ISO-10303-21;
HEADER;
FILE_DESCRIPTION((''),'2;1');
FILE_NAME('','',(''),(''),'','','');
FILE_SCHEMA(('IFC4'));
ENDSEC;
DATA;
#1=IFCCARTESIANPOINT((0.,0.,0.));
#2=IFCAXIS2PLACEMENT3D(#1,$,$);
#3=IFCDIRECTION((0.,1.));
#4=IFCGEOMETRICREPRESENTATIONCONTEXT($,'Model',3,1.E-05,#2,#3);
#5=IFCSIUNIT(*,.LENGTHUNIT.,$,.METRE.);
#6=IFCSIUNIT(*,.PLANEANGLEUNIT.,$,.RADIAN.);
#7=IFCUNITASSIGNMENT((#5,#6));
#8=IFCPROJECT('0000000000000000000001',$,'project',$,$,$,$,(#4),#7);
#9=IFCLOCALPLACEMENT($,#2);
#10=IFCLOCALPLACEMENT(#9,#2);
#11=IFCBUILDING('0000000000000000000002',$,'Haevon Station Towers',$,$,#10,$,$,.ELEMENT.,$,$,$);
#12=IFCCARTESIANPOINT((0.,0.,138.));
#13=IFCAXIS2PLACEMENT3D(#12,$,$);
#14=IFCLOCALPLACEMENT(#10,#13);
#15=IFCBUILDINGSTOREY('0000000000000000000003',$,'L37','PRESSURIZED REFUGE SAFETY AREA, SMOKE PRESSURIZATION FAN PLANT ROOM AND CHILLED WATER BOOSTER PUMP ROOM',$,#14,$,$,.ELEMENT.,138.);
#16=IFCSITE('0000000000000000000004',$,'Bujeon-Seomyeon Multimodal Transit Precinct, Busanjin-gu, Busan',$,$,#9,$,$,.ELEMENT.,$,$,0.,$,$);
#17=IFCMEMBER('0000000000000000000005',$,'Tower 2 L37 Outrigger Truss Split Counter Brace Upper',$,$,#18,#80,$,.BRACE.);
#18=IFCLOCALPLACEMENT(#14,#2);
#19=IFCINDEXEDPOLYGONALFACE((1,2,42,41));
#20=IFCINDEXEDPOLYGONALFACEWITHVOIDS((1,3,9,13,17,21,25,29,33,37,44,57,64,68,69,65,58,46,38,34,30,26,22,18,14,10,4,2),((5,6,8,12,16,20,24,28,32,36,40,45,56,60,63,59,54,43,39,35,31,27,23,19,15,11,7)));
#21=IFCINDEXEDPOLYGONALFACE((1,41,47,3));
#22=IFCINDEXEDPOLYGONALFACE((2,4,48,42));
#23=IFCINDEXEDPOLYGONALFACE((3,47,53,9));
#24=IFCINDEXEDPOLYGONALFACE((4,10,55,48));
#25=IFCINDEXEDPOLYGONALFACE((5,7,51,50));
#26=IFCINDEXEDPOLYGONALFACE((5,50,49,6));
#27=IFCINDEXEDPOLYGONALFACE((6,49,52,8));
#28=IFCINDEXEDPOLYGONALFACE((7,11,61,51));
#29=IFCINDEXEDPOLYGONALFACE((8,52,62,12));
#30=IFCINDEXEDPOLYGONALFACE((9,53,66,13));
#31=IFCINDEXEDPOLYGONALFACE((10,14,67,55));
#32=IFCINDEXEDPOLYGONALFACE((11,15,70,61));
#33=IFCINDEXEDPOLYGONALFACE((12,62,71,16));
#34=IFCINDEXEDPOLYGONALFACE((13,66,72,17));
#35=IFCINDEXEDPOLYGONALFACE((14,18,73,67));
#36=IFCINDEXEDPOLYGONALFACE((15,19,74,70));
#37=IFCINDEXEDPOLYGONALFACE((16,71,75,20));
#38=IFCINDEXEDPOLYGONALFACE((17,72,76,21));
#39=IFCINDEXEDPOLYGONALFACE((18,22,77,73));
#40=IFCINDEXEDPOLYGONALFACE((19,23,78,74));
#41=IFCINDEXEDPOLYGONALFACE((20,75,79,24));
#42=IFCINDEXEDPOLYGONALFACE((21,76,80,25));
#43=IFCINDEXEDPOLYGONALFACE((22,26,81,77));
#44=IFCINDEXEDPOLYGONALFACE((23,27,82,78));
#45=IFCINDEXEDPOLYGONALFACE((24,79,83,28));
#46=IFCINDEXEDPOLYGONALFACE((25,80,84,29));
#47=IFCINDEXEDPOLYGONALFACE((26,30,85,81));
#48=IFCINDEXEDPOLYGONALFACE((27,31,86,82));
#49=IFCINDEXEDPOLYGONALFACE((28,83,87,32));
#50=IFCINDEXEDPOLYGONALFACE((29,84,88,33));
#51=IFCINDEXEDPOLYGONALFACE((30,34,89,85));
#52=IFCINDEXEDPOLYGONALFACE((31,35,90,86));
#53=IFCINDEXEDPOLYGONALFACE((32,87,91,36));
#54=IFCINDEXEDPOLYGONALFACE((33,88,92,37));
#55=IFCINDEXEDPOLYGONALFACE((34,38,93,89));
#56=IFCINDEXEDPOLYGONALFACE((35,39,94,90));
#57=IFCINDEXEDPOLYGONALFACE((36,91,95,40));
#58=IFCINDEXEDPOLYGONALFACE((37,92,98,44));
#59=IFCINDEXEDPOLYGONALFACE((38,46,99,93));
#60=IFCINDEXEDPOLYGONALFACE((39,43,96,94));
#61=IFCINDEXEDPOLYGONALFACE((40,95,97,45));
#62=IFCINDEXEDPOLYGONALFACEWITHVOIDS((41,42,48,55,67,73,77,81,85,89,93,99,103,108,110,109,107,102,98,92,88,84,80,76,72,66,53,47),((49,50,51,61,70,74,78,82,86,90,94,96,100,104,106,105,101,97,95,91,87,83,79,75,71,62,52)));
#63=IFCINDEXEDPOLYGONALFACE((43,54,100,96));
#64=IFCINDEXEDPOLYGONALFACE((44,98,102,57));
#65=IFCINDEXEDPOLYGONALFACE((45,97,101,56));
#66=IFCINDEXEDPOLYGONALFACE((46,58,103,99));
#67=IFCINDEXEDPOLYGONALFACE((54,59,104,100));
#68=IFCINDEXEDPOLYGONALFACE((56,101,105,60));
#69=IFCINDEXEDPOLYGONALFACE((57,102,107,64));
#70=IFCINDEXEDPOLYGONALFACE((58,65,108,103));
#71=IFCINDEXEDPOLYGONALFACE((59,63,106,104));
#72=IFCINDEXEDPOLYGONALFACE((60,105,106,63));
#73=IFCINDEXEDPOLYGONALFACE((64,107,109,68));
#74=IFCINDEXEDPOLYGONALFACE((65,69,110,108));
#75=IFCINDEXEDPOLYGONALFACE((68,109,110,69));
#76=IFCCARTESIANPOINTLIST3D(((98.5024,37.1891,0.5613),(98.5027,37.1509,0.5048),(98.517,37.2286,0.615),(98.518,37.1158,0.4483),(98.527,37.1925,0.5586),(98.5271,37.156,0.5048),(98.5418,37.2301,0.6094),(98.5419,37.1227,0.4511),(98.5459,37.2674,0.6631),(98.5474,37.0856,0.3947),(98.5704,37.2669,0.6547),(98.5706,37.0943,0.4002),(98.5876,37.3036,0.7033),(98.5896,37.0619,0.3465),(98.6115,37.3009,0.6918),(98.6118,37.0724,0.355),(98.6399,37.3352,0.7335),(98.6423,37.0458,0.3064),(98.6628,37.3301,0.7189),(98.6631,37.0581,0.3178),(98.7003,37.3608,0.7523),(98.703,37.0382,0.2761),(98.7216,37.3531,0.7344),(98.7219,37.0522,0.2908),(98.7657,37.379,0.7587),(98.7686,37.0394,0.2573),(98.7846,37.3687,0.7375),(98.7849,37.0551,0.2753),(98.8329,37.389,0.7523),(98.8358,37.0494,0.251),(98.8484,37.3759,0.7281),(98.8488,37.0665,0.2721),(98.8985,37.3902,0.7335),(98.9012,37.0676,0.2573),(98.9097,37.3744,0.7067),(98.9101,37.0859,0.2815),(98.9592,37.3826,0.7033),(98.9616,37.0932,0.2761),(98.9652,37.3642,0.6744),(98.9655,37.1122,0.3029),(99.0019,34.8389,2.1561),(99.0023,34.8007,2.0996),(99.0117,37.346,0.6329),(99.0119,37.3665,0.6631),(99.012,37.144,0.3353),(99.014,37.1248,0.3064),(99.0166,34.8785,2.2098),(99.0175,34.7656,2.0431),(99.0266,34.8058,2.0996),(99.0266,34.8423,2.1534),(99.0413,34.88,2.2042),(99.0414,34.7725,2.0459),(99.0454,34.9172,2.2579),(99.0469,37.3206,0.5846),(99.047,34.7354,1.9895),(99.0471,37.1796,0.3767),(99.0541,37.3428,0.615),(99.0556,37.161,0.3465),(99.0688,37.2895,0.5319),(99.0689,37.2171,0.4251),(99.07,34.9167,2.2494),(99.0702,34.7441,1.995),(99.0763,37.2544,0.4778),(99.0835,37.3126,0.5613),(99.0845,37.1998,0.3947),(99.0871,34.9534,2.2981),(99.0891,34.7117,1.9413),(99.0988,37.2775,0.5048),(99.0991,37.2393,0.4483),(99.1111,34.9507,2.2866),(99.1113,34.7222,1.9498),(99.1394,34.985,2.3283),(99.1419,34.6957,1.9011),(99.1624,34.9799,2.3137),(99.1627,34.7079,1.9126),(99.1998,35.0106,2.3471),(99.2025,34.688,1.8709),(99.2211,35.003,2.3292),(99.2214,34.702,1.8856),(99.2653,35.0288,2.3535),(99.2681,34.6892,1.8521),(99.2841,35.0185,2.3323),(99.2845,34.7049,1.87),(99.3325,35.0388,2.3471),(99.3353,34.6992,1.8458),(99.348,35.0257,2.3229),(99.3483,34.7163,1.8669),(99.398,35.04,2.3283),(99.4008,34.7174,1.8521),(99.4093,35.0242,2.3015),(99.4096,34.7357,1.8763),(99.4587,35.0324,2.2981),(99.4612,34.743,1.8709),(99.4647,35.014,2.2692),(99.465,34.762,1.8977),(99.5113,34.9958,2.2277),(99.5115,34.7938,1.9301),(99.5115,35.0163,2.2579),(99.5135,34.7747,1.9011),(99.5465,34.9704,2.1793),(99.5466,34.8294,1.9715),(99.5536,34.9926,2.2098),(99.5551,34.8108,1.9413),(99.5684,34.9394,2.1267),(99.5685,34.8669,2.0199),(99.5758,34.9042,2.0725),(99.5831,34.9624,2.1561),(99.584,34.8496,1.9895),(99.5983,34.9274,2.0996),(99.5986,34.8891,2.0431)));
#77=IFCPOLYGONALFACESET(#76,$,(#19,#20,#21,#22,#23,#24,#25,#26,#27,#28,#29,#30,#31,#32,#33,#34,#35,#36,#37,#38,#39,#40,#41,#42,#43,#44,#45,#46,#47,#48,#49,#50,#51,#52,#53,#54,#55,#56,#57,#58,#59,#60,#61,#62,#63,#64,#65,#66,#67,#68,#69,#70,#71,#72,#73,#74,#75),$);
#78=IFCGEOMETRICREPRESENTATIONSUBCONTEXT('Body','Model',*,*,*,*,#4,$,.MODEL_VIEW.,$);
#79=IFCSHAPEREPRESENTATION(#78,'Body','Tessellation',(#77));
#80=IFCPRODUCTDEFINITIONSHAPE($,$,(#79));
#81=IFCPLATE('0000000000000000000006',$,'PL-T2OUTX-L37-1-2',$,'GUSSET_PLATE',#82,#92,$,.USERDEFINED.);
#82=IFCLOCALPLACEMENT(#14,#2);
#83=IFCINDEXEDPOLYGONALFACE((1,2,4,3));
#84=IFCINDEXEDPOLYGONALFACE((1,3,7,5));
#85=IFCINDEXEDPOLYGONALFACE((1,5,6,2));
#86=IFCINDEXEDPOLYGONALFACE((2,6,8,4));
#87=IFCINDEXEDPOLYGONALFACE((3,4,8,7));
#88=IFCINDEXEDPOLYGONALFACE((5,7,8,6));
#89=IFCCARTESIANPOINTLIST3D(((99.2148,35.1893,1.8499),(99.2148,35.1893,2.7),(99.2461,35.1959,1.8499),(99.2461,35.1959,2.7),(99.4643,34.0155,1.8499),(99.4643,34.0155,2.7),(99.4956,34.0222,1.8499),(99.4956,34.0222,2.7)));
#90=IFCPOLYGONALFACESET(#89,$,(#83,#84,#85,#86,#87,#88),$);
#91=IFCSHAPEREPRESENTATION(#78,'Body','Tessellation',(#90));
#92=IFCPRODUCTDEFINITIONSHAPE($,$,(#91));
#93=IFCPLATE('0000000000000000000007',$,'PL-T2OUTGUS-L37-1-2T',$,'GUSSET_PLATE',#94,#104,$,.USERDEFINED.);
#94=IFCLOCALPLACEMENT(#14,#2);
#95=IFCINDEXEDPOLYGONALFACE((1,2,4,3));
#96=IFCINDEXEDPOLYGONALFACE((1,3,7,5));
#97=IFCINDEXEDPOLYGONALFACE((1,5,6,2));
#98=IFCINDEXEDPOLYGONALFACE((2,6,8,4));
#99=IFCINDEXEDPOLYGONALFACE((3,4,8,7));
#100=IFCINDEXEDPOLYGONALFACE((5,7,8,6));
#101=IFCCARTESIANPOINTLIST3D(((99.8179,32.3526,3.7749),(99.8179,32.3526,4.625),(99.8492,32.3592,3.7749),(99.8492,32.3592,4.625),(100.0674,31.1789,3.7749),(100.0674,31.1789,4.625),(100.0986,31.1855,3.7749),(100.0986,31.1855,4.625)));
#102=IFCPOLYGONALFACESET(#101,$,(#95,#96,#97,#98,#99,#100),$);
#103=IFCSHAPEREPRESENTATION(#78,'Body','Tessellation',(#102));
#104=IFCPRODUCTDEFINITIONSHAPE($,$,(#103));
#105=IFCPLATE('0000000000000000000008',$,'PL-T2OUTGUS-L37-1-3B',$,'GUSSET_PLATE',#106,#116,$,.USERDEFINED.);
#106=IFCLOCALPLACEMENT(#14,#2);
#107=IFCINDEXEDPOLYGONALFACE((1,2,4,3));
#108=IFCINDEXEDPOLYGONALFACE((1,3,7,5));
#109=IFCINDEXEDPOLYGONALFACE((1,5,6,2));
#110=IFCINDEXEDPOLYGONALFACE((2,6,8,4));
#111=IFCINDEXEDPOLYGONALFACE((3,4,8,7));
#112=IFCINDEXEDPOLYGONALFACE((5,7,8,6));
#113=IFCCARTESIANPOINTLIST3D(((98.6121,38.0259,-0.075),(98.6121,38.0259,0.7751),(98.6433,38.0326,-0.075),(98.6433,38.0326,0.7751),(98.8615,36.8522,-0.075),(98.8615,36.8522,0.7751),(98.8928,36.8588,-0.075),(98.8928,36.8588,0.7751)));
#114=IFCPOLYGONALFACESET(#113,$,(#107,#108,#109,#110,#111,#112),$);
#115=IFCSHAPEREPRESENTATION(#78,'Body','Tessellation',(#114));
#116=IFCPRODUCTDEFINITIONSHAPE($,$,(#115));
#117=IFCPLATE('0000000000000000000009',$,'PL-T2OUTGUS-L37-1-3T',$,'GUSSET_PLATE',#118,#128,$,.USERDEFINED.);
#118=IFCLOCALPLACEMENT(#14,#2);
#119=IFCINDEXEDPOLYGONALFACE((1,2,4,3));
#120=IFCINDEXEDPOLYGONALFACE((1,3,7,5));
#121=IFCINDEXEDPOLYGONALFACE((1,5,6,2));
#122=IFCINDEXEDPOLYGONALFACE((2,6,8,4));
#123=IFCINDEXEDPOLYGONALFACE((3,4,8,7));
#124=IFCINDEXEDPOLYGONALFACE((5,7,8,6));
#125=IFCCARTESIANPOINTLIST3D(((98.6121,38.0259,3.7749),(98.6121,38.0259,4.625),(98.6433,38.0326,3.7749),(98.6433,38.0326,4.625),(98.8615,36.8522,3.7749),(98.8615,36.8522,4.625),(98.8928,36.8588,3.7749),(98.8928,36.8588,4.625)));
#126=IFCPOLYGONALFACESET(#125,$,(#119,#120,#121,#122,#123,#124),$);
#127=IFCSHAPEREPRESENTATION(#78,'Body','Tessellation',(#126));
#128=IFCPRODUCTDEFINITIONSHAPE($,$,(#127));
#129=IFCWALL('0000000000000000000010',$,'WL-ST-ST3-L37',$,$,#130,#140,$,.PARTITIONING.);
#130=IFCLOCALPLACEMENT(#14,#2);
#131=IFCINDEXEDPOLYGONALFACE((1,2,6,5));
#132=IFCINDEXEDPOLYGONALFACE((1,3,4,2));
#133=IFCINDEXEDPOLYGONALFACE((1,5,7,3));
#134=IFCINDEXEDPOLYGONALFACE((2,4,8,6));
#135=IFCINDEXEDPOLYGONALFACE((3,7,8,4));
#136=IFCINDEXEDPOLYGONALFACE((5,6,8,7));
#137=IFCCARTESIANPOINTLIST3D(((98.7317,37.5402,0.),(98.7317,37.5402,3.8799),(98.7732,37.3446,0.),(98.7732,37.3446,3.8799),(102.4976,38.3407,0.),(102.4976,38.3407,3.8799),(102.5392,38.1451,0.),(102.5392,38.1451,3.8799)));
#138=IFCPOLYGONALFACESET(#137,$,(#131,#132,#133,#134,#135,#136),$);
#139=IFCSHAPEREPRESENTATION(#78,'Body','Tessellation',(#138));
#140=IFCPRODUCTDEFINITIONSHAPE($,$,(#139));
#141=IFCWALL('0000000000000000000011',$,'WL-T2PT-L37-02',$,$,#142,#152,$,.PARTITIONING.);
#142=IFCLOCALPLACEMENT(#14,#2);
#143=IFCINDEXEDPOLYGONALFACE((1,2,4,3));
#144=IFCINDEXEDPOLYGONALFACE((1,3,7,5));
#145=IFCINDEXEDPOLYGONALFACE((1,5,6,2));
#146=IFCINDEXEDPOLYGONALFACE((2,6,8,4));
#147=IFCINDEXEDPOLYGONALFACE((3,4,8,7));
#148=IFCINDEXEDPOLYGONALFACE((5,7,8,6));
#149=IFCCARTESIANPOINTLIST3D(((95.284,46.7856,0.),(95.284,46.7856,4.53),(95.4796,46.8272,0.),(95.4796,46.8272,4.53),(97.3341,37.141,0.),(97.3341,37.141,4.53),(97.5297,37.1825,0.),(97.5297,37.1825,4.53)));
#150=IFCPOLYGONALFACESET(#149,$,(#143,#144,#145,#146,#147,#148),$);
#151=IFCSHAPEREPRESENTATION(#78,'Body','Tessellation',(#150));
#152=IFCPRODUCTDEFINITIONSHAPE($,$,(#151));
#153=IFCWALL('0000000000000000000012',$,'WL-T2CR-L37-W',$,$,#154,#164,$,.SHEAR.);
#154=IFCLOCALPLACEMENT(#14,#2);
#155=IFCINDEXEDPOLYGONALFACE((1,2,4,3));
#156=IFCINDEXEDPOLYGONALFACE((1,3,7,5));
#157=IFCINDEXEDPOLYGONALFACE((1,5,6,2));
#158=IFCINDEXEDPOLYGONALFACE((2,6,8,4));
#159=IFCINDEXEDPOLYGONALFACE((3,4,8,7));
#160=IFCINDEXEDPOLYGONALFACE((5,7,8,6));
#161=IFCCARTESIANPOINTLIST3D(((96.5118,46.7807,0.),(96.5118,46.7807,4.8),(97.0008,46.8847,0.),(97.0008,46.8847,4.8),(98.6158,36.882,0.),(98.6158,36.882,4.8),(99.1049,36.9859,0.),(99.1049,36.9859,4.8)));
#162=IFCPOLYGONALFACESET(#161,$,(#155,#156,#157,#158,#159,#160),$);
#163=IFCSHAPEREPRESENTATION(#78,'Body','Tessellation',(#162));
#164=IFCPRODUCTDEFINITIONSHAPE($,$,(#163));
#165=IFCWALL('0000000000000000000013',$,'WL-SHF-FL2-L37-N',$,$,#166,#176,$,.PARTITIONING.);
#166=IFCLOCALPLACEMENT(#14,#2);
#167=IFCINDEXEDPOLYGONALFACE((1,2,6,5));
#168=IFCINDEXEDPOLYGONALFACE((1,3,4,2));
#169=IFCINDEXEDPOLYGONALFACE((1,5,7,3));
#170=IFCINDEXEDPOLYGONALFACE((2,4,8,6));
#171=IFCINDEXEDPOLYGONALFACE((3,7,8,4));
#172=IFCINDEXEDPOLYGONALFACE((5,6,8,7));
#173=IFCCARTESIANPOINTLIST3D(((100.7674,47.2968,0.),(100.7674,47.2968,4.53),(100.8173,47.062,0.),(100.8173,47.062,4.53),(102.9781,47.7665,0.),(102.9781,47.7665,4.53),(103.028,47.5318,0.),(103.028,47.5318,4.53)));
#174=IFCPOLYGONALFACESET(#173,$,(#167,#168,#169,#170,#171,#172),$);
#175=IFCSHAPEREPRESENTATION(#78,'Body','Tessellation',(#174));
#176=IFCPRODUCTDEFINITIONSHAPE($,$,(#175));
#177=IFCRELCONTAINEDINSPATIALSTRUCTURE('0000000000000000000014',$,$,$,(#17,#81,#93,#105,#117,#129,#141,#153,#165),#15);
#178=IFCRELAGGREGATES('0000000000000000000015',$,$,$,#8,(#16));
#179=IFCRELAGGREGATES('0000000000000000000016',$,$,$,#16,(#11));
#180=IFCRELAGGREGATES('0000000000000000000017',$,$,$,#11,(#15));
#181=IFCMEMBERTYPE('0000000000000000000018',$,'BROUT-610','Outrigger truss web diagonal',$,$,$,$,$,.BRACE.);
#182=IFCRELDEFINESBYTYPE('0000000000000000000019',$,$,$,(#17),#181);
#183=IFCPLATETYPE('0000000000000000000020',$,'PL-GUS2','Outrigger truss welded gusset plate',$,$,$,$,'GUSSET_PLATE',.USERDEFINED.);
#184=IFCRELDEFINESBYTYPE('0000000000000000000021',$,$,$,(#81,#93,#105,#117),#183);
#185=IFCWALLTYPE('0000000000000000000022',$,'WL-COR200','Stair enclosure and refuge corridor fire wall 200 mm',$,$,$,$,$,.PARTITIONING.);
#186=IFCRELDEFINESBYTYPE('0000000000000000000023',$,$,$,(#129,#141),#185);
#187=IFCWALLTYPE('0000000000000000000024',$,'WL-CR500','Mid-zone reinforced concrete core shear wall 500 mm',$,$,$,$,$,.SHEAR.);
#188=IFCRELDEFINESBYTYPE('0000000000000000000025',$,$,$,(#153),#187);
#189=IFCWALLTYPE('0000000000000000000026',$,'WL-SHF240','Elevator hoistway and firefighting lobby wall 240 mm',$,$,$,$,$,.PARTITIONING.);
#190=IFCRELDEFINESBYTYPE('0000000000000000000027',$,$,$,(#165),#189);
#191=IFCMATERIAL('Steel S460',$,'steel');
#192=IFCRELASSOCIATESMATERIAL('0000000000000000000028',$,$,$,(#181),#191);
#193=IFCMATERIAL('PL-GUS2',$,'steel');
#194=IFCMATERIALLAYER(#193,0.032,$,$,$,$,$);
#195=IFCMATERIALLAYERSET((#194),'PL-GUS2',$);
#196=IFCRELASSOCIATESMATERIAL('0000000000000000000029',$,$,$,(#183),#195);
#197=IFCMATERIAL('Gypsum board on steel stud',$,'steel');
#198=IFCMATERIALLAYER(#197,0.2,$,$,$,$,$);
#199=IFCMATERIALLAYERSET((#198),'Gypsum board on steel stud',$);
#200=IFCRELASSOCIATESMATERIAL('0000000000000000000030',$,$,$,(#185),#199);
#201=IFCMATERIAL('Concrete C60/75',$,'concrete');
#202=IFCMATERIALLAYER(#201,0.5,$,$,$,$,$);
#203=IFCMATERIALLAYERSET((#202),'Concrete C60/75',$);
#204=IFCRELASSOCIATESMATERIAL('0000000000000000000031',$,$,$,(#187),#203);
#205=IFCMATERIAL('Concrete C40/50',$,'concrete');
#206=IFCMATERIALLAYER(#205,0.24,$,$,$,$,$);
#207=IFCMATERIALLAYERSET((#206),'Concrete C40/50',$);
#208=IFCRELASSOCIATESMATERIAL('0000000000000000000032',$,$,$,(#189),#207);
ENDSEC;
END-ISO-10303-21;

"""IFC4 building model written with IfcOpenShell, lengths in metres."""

from ifc_helpers import new_model, si_unit, direction, frame, frame_2d, origin, origin_2d, place, context, subcontext, project, spatial, rectangle, hollow_circle, extrude, material, layer, layer_set, material_profile, profile_set, type_object, element, save


model = new_model("IFC4")

# Units and contexts
model_context = context("Model", 3, precision=1e-05, world=origin(), true_north=direction((0.0, 1.0)))
body_context = subcontext(model_context, "Body", "Model", "MODEL_VIEW")
ifc_project = project(units=[si_unit("LENGTHUNIT", "METRE"), si_unit("PLANEANGLEUNIT", "RADIAN")], contexts=[model_context])

# Site, building, storey
site_placement = place(None, origin())
site = spatial("IfcSite", under=ifc_project, at=site_placement, Name="Bujeon-Seomyeon Multimodal Transit Precinct, Busanjin-gu, Busan", CompositionType="ELEMENT", RefElevation=0.0)
building_placement = place(site_placement, origin())
building = spatial("IfcBuilding", under=site, at=building_placement, Name="Haevon Station Towers", CompositionType="ELEMENT")
storey_placement = place(building_placement, frame((0.0, 0.0, 138.0)))
storey = spatial("IfcBuildingStorey", under=building, at=storey_placement, Name="L37", Description="PRESSURIZED REFUGE SAFETY AREA, SMOKE PRESSURIZATION FAN PLANT ROOM AND CHILLED WATER BOOSTER PUMP ROOM", CompositionType="ELEMENT", Elevation=138.0)

# Shared definitions
ifc_material_1 = material(Name="Steel S460", Category="steel")

# Member
ifc_material_profile_1 = material_profile(ifc_material_1, hollow_circle(Radius=0.3047, WallThickness=0.0249, at=origin_2d()), Name="CHS-609.6x25")
ifc_profile_set_1 = profile_set([ifc_material_profile_1], Name="Steel S460")
member_type = type_object("IfcMemberType", Name="BROUT-610", Description="Outrigger truss web diagonal", PredefinedType="BRACE", material=ifc_profile_set_1)
for number, where, z_axis, x_axis, name in (
    (1, (99.3003, 34.864, 2.0996), (-0.17322, 0.814964, -0.553017), (-0.978149, -0.207905, 0.0), "Tower 2 L37 Outrigger Truss Split Counter Brace Upper"),
):
    element("IfcMember", number, at=place(storey_placement, frame(where, z_axis=z_axis, x_axis=x_axis)), inside=storey, type_object=member_type, Name=name, PredefinedType="BRACE", context=body_context, shape_type="SweptSolid", body=[
        extrude(hollow_circle(Radius=0.3047, WallThickness=0.0249, at=origin_2d()), origin(), (0.0, 0.0, 1.0), 2.8838),
    ])

# Plates
ifc_material_2 = material(Name="PL-GUS2", Category="steel")
ifc_layer_1 = layer(ifc_material_2, 0.032)
ifc_layer_set_1 = layer_set([ifc_layer_1], Name="PL-GUS2")
plate_type = type_object("IfcPlateType", Name="PL-GUS2", Description="Outrigger truss welded gusset plate", ElementType="GUSSET_PLATE", PredefinedType="USERDEFINED", material=ifc_layer_set_1)
for number, where, z_axis, x_axis, name in (
    (2, (99.3552, 34.6057, 1.8499), (0.0, 0.0, 1.0), (-0.207912, 0.978148, 0.0), "PL-T2OUTX-L37-1-2"),
    (3, (99.9583, 31.769, 3.7749), (0.0, 0.0, 1.0), (-0.207912, 0.978148, 0.0), "PL-T2OUTGUS-L37-1-2T"),
    (4, (98.7524, 37.4424, -0.075), (0.0, 0.0, 1.0), (-0.207912, 0.978148, 0.0), "PL-T2OUTGUS-L37-1-3B"),
    (5, (98.7524, 37.4424, 3.7749), (0.0, 0.0, 1.0), (-0.207912, 0.978148, 0.0), "PL-T2OUTGUS-L37-1-3T"),
):
    element("IfcPlate", number, at=place(storey_placement, frame(where, z_axis=z_axis, x_axis=x_axis)), inside=storey, type_object=plate_type, Name=name, ObjectType="GUSSET_PLATE", PredefinedType="USERDEFINED", context=body_context, shape_type="SweptSolid", body=[
        extrude(rectangle(XDim=1.2, YDim=0.032, at=origin_2d()), origin(), (0.0, 0.0, 1.0), 0.8501),
    ])

# Walls
ifc_material_3 = material(Name="Gypsum board on steel stud", Category="steel")
ifc_layer_2 = layer(ifc_material_3, 0.2)
ifc_layer_set_2 = layer_set([ifc_layer_2], Name="Gypsum board on steel stud")
wall_type_1 = type_object("IfcWallType", Name="WL-COR200", Description="Stair enclosure and refuge corridor fire wall 200 mm", PredefinedType="PARTITIONING", material=ifc_layer_set_2)
wall_1_placement = place(storey_placement, frame((98.7524, 37.4424, 0.0), z_axis=(0.0, 0.0, 1.0), x_axis=(0.978144, 0.207931, 0.0)))
element("IfcWall", 6, at=wall_1_placement, inside=storey, type_object=wall_type_1, Name="WL-ST-ST3-L37", PredefinedType="PARTITIONING", context=body_context, shape_type="SweptSolid", body=[
    extrude(rectangle(XDim=3.8501, YDim=0.2, at=frame_2d((1.925, 0.0))), origin(), (0.0, 0.0, 1.0), 3.8799),
])
wall_2_placement = place(storey_placement, frame((97.4319, 37.1616, 0.0), z_axis=(0.0, 0.0, 1.0), x_axis=(-0.207916, 0.978147, 0.0)))
element("IfcWall", 7, at=wall_2_placement, inside=storey, type_object=wall_type_1, Name="WL-T2PT-L37-02", PredefinedType="PARTITIONING", context=body_context, shape_type="SweptSolid", body=[
    extrude(rectangle(XDim=9.8601, YDim=0.2, at=frame_2d((4.9302, 0.0))), origin(), (0.0, 0.0, 1.0), 4.53),
])
ifc_material_4 = material(Name="Concrete C60/75", Category="concrete")
ifc_layer_3 = layer(ifc_material_4, 0.5)
ifc_layer_set_3 = layer_set([ifc_layer_3], Name="Concrete C60/75")
wall_type_2 = type_object("IfcWallType", Name="WL-CR500", Description="Mid-zone reinforced concrete core shear wall 500 mm", PredefinedType="SHEAR", material=ifc_layer_set_3)
wall_3_placement = place(storey_placement, frame((98.8604, 36.9338, 0.0), z_axis=(0.0, 0.0, 1.0), x_axis=(-0.207909, 0.978148, 0.0)))
element("IfcWall", 8, at=wall_3_placement, inside=storey, type_object=wall_type_2, Name="WL-T2CR-L37-W", PredefinedType="SHEAR", context=body_context, shape_type="SweptSolid", body=[
    extrude(rectangle(XDim=10.1199, YDim=0.5, at=frame_2d((5.0601, 0.0))), origin(), (0.0, 0.0, 1.0), 4.8),
])

# Shared definitions
ifc_material_5 = material(Name="Concrete C40/50", Category="concrete")
ifc_layer_4 = layer(ifc_material_5, 0.24)
ifc_layer_set_4 = layer_set([ifc_layer_4], Name="Concrete C40/50")
wall_type_3 = type_object("IfcWallType", Name="WL-SHF240", Description="Elevator hoistway and firefighting lobby wall 240 mm", PredefinedType="PARTITIONING", material=ifc_layer_set_4)

# Wall
wall_4_placement = place(storey_placement, frame((100.7925, 47.1794, 0.0), z_axis=(0.0, 0.0, 1.0), x_axis=(0.978163, 0.207839, 0.0)))
element("IfcWall", 9, at=wall_4_placement, inside=storey, type_object=wall_type_3, Name="WL-SHF-FL2-L37-N", PredefinedType="PARTITIONING", context=body_context, shape_type="SweptSolid", body=[
    extrude(rectangle(XDim=2.26, YDim=0.24, at=frame_2d((1.1299, 0.0))), origin(), (0.0, 0.0, 1.0), 4.53),
])

save(model, "model.ifc")
